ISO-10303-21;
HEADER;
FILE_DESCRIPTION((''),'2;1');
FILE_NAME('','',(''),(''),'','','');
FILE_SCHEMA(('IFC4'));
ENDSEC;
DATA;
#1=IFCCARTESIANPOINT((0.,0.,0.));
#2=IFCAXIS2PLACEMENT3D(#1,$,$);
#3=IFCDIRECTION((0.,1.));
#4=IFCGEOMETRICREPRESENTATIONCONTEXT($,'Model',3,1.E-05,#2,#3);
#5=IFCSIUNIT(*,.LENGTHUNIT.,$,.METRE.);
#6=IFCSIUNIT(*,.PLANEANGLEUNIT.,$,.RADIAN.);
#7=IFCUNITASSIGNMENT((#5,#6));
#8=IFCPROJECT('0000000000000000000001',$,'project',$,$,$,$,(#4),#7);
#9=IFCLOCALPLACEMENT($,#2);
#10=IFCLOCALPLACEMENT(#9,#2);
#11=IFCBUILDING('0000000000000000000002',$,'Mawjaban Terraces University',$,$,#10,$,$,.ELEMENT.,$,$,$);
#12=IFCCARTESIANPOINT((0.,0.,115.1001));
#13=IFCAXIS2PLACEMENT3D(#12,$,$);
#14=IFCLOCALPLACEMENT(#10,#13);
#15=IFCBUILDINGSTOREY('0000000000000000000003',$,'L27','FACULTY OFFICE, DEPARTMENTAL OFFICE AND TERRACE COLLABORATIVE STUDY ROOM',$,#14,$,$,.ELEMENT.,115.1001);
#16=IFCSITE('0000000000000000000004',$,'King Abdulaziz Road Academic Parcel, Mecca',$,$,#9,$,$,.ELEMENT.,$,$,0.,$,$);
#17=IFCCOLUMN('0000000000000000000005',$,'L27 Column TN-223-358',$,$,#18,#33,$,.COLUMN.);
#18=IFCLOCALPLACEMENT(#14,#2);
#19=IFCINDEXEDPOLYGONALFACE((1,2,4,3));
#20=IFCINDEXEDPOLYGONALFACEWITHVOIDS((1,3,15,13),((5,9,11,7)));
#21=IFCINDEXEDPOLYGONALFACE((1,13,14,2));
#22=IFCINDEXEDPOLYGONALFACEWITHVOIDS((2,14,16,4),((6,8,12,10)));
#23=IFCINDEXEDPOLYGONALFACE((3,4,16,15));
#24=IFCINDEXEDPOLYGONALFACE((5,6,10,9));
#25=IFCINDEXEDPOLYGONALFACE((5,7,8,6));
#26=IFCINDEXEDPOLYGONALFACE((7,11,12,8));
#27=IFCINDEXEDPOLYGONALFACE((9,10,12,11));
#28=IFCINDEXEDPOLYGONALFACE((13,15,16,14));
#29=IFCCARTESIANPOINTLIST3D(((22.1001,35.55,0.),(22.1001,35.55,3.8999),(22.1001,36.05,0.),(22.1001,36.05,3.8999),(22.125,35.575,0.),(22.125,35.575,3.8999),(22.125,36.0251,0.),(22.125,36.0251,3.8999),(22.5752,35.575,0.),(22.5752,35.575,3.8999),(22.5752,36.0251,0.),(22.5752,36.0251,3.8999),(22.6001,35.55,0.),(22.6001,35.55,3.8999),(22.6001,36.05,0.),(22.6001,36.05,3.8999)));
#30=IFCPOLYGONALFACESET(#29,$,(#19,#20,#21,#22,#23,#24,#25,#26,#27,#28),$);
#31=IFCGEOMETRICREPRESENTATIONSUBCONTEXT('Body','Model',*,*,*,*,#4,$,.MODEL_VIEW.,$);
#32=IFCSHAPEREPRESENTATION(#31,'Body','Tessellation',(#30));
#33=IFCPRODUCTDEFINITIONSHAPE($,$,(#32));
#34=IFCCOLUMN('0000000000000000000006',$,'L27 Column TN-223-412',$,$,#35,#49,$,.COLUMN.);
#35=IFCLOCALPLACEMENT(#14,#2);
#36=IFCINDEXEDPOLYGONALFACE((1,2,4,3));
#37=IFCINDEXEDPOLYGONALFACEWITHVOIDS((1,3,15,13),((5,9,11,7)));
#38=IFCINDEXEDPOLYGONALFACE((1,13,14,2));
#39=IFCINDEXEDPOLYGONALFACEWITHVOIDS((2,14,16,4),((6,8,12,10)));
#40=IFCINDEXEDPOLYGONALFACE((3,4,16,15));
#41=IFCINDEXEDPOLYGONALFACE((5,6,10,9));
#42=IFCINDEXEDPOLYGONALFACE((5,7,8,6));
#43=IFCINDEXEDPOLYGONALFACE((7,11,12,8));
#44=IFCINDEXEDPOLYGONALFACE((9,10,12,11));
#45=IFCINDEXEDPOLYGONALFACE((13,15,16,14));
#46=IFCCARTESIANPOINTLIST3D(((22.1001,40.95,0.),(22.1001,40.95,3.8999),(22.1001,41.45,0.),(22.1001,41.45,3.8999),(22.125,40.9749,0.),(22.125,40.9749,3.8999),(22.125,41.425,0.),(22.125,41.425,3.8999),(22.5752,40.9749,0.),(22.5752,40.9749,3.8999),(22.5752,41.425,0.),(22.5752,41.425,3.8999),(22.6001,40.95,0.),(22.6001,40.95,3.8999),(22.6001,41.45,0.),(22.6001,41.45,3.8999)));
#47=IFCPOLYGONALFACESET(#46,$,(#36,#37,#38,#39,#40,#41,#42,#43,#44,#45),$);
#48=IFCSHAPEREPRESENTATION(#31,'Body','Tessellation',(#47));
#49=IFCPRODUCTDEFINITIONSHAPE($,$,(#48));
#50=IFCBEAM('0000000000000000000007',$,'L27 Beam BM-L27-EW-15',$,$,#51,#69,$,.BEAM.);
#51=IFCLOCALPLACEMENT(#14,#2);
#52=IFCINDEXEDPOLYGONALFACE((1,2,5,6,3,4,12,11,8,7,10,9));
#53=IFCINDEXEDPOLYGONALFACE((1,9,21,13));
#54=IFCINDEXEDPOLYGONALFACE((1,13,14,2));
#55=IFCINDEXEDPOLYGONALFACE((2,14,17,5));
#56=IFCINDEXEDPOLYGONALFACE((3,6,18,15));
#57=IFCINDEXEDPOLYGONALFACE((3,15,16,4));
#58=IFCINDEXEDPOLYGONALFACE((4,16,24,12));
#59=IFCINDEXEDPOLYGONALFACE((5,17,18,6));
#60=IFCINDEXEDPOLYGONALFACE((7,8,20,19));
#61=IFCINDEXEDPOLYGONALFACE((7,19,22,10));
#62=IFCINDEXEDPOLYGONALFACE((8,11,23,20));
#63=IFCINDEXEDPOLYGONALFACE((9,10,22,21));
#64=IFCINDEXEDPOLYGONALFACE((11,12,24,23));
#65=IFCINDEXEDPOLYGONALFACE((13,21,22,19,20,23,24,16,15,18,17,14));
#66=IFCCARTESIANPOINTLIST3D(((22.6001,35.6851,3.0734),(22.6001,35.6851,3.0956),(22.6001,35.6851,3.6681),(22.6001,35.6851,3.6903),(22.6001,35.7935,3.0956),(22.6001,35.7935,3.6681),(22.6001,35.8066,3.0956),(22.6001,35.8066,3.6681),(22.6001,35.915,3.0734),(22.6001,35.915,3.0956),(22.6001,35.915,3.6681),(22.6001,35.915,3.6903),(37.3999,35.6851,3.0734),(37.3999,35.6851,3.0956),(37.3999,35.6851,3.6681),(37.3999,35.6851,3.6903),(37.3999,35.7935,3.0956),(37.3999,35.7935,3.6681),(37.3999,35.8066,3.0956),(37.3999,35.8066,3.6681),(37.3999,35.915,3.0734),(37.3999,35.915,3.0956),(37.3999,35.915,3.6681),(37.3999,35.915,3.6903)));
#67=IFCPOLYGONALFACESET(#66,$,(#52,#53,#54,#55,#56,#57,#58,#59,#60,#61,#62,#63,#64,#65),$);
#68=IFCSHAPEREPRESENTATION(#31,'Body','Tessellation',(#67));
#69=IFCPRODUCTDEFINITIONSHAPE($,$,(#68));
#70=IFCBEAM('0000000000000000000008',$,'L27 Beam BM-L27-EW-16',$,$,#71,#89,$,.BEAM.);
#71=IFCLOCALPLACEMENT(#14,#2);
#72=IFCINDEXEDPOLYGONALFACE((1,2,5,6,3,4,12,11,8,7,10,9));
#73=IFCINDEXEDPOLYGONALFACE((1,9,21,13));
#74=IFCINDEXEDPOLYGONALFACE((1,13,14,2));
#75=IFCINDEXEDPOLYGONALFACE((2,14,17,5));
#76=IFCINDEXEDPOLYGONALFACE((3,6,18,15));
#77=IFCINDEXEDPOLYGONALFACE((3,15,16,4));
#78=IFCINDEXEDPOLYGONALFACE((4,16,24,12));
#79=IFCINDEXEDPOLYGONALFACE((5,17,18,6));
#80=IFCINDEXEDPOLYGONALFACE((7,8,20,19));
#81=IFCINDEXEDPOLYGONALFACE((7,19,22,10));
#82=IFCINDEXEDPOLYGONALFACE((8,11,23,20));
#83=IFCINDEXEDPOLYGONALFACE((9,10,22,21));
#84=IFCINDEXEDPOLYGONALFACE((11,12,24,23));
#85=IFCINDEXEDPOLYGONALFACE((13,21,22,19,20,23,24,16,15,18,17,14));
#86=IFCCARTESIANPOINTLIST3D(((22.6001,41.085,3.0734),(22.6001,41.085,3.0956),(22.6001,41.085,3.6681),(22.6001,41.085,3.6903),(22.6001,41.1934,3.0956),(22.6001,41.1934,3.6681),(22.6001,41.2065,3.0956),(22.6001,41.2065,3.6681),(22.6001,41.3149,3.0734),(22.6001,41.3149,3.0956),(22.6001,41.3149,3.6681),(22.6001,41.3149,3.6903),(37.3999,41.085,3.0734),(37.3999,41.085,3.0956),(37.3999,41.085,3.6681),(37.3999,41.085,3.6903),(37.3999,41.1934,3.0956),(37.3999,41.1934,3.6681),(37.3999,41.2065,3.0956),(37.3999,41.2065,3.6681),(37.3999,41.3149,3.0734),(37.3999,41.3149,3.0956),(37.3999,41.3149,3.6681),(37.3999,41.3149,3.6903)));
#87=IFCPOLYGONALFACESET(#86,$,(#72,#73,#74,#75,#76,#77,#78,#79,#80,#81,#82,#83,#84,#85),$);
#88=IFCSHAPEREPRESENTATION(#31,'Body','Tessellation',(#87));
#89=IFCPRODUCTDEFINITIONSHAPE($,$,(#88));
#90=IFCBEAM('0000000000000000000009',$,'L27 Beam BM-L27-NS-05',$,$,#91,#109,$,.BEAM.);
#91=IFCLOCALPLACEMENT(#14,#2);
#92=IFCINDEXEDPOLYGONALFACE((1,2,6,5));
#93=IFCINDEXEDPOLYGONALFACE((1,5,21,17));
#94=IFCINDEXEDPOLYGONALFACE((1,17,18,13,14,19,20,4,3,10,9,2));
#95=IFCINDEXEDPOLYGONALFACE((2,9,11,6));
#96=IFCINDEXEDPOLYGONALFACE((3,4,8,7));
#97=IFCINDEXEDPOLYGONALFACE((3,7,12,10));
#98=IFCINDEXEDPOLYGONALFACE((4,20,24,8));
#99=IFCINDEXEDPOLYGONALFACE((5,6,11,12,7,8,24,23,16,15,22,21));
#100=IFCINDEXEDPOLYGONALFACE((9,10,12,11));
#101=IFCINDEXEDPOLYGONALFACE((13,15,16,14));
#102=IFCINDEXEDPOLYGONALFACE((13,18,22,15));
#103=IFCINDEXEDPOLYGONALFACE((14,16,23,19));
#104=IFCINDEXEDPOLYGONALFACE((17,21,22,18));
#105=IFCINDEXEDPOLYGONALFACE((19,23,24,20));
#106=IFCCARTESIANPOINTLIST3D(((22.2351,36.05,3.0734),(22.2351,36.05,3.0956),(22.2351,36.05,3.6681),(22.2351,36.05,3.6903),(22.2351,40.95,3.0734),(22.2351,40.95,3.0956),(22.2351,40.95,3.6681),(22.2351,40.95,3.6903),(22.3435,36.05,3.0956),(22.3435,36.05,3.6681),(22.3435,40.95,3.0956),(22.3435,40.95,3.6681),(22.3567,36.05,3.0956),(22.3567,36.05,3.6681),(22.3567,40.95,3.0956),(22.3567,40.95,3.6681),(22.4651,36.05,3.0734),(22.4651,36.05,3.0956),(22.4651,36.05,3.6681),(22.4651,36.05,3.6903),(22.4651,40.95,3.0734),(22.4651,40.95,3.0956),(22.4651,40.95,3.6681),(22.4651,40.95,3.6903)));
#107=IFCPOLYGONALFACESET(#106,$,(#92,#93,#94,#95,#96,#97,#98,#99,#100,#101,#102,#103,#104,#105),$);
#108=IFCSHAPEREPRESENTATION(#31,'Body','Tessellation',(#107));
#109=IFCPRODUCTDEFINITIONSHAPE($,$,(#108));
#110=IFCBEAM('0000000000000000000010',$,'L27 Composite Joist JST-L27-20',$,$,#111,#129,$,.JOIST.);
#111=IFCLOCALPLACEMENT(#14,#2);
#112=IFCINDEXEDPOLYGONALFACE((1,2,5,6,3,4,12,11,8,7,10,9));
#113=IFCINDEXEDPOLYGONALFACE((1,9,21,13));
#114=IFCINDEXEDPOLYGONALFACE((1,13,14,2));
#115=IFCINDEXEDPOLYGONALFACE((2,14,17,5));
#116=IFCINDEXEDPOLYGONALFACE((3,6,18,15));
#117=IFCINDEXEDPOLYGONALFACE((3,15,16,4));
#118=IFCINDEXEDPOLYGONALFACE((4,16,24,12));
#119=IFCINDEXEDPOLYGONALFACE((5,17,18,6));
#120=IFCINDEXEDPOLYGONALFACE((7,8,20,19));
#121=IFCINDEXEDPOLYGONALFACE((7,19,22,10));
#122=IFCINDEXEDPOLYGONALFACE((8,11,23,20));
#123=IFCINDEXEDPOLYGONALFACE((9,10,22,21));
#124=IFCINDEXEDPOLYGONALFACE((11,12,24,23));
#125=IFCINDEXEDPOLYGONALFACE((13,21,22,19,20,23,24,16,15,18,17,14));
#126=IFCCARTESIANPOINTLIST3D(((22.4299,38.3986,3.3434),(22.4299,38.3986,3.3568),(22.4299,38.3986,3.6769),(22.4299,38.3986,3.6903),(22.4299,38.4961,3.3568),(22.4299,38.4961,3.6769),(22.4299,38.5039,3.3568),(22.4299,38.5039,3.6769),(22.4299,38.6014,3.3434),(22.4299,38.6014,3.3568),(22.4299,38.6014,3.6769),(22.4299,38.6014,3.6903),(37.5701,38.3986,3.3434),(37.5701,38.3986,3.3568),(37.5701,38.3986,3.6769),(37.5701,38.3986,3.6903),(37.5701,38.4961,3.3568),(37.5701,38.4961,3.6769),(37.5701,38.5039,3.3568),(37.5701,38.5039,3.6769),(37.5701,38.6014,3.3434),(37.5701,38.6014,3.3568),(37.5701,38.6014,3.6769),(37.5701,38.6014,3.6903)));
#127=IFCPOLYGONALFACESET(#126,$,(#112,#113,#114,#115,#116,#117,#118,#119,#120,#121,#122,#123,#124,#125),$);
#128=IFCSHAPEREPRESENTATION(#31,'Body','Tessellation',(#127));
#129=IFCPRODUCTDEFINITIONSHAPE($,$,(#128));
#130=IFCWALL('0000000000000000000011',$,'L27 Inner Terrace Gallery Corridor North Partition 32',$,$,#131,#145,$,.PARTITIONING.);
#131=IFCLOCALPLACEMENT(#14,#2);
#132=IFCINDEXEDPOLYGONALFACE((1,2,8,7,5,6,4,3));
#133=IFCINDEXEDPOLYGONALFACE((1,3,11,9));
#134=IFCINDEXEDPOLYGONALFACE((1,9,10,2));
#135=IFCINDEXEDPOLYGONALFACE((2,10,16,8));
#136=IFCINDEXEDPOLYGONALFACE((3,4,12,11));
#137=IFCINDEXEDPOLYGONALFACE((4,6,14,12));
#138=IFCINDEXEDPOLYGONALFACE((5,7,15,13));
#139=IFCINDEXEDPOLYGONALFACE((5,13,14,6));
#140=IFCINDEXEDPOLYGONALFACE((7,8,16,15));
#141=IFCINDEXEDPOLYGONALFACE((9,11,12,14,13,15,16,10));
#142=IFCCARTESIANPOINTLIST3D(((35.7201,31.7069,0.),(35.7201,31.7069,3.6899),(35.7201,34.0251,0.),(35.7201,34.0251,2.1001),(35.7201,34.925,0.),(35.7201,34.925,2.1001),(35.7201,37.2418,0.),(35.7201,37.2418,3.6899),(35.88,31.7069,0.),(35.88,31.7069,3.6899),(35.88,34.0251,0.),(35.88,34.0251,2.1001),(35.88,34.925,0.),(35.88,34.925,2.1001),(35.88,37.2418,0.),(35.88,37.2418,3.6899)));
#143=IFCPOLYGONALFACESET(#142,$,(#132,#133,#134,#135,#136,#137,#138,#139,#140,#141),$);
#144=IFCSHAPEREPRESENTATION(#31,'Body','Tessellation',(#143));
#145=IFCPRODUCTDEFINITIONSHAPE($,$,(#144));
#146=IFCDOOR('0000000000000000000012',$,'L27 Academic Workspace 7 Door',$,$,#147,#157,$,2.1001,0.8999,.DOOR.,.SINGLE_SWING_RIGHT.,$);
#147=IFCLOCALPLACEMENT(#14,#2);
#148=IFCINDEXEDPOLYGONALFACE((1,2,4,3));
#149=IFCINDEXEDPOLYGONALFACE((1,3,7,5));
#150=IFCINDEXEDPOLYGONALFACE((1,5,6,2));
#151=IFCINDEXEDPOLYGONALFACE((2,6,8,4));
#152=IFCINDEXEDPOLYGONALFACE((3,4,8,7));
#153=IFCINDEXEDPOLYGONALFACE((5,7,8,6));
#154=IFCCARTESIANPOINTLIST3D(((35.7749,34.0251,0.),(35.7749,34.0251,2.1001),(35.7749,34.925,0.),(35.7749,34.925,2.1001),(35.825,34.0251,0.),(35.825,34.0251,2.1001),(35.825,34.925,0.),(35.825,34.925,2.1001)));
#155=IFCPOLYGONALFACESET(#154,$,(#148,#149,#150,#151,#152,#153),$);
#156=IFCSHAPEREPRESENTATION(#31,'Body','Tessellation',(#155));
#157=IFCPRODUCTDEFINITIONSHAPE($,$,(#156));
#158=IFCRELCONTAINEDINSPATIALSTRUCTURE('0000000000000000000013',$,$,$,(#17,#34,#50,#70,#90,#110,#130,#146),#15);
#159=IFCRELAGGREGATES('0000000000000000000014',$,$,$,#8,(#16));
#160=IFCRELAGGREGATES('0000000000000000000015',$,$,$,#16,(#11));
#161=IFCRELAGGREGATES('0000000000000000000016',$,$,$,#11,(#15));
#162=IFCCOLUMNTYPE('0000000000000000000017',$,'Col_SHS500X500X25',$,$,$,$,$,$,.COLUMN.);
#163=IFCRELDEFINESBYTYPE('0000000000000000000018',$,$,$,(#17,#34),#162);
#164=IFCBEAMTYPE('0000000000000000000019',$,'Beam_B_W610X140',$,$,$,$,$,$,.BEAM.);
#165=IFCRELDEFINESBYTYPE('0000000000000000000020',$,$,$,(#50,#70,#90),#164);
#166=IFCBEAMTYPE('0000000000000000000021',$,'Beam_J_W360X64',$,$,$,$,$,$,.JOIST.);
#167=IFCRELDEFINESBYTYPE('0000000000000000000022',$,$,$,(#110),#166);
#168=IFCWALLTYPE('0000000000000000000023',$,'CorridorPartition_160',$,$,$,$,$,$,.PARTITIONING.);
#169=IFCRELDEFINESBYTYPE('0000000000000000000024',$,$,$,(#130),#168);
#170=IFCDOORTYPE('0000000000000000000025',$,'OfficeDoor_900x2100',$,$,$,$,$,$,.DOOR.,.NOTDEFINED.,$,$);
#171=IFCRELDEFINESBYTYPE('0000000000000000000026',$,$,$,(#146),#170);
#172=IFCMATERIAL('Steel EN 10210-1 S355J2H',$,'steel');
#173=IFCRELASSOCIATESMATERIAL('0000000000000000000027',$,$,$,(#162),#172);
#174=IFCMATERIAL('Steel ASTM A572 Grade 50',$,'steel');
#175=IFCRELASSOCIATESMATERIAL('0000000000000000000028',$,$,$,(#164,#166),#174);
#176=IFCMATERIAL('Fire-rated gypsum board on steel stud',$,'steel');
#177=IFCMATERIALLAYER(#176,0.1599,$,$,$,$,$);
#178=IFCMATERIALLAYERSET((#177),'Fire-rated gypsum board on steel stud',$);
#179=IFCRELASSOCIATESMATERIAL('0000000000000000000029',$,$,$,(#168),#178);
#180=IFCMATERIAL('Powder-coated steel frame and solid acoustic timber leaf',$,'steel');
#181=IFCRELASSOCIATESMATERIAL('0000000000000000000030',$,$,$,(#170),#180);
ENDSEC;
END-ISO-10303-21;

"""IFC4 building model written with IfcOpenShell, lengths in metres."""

from ifc_helpers import new_model, si_unit, direction, frame, frame_2d, origin, origin_2d, place, context, subcontext, project, spatial, rectangle, hollow_rectangle, i_section, extrude, material, layer, layer_set, material_profile, profile_set, type_object, element, fill, save


model = new_model("IFC4")

# Units and contexts
model_context = context("Model", 3, precision=1e-05, world=origin(), true_north=direction((0.0, 1.0)))
body_context = subcontext(model_context, "Body", "Model", "MODEL_VIEW")
ifc_project = project(units=[si_unit("LENGTHUNIT", "METRE"), si_unit("PLANEANGLEUNIT", "RADIAN")], contexts=[model_context])

# Site, building, storey
site_placement = place(None, origin())
site = spatial("IfcSite", under=ifc_project, at=site_placement, Name="King Abdulaziz Road Academic Parcel, Mecca", CompositionType="ELEMENT", RefElevation=0.0)
building_placement = place(site_placement, origin())
building = spatial("IfcBuilding", under=site, at=building_placement, Name="Mawjaban Terraces University", CompositionType="ELEMENT")
storey_placement = place(building_placement, frame((0.0, 0.0, 115.1001)))
storey = spatial("IfcBuildingStorey", under=building, at=storey_placement, Name="L27", Description="FACULTY OFFICE, DEPARTMENTAL OFFICE AND TERRACE COLLABORATIVE STUDY ROOM", CompositionType="ELEMENT", Elevation=115.1001)

# Columns
ifc_material_1 = material(Name="Steel EN 10210-1 S355J2H", Category="steel")
ifc_material_profile_1 = material_profile(ifc_material_1, hollow_rectangle(XDim=0.5, YDim=0.5, WallThickness=0.0249, at=origin_2d()), Name="SHS500X500X25")
ifc_profile_set_1 = profile_set([ifc_material_profile_1], Name="Steel EN 10210-1 S355J2H")
column_type = type_object("IfcColumnType", Name="Col_SHS500X500X25", PredefinedType="COLUMN", material=ifc_profile_set_1)
for number, where, z_axis, x_axis, name in (
    (1, (22.3501, 35.8, 0.0), (0.0, 0.0, 1.0), (1.0, 0.0, 0.0), "L27 Column TN-223-358"),
    (2, (22.3501, 41.2, 0.0), (0.0, 0.0, 1.0), (1.0, 0.0, 0.0), "L27 Column TN-223-412"),
):
    element("IfcColumn", number, at=place(storey_placement, frame(where, z_axis=z_axis, x_axis=x_axis)), inside=storey, type_object=column_type, Name=name, PredefinedType="COLUMN", context=body_context, shape_type="SweptSolid", body=[
        extrude(hollow_rectangle(XDim=0.5, YDim=0.5, WallThickness=0.0249, at=origin_2d()), origin(), (0.0, 0.0, 1.0), 3.8999),
    ])

# Beams
ifc_material_2 = material(Name="Steel ASTM A572 Grade 50", Category="steel")
ifc_material_profile_2 = material_profile(ifc_material_2, i_section(OverallWidth=0.23, OverallDepth=0.6169, WebThickness=0.0132, FlangeThickness=0.0222, at=origin_2d()), Name="W610X140")
ifc_profile_set_2 = profile_set([ifc_material_profile_2], Name="Steel ASTM A572 Grade 50")
beam_type_1 = type_object("IfcBeamType", Name="Beam_B_W610X140", PredefinedType="BEAM", material=ifc_profile_set_2)
for number, where, z_axis, x_axis, name in (
    (3, (22.6001, 35.8, 3.3818), (1.0, 0.0, 0.0), (0.0, 1.0, 0.0), "L27 Beam BM-L27-EW-15"),
    (4, (22.6001, 41.2, 3.3818), (1.0, 0.0, 0.0), (0.0, 1.0, 0.0), "L27 Beam BM-L27-EW-16"),
):
    element("IfcBeam", number, at=place(storey_placement, frame(where, z_axis=z_axis, x_axis=x_axis)), inside=storey, type_object=beam_type_1, Name=name, PredefinedType="BEAM", context=body_context, shape_type="SweptSolid", body=[
        extrude(i_section(OverallWidth=0.23, OverallDepth=0.6169, WebThickness=0.0132, FlangeThickness=0.0222, at=origin_2d()), origin(), (0.0, 0.0, 1.0), 14.7998),
    ])
beam_1_placement = place(storey_placement, frame((22.3501, 36.05, 3.3818), z_axis=(0.0, 1.0, 0.0), x_axis=(-1.0, 0.0, 0.0)))
element("IfcBeam", 5, at=beam_1_placement, inside=storey, type_object=beam_type_1, Name="L27 Beam BM-L27-NS-05", PredefinedType="BEAM", context=body_context, shape_type="SweptSolid", body=[
    extrude(i_section(OverallWidth=0.23, OverallDepth=0.6169, WebThickness=0.0132, FlangeThickness=0.0222, at=origin_2d()), origin(), (0.0, 0.0, 1.0), 4.8999),
])
ifc_material_profile_3 = material_profile(ifc_material_2, i_section(OverallWidth=0.2029, OverallDepth=0.3469, WebThickness=0.0078, FlangeThickness=0.0134, at=origin_2d()), Name="W360X64")
ifc_profile_set_3 = profile_set([ifc_material_profile_3], Name="Steel ASTM A572 Grade 50")
beam_type_2 = type_object("IfcBeamType", Name="Beam_J_W360X64", PredefinedType="JOIST", material=ifc_profile_set_3)
beam_2_placement = place(storey_placement, frame((22.4299, 38.5, 3.5168), z_axis=(1.0, 0.0, 0.0), x_axis=(0.0, 1.0, 0.0)))
element("IfcBeam", 6, at=beam_2_placement, inside=storey, type_object=beam_type_2, Name="L27 Composite Joist JST-L27-20", PredefinedType="JOIST", context=body_context, shape_type="SweptSolid", body=[
    extrude(i_section(OverallWidth=0.2029, OverallDepth=0.3469, WebThickness=0.0078, FlangeThickness=0.0134, at=origin_2d()), origin(), (0.0, 0.0, 1.0), 15.1401),
])

# Wall, opening, door
ifc_material_3 = material(Name="Fire-rated gypsum board on steel stud", Category="steel")
ifc_layer_1 = layer(ifc_material_3, 0.1599)
ifc_layer_set_1 = layer_set([ifc_layer_1], Name="Fire-rated gypsum board on steel stud")
wall_type_1 = type_object("IfcWallType", Name="CorridorPartition_160", PredefinedType="PARTITIONING", material=ifc_layer_set_1)
wall_1_placement = place(storey_placement, frame((35.8, 37.2419, 0.0), z_axis=(0.0, 0.0, 1.0), x_axis=(0.0, -1.0, 0.0)))
wall_1 = element("IfcWall", 7, at=wall_1_placement, inside=storey, type_object=wall_type_1, Name="L27 Inner Terrace Gallery Corridor North Partition 32", PredefinedType="PARTITIONING", context=body_context, shape_type="SweptSolid", body=[
    extrude(rectangle(XDim=5.5349, YDim=0.1599, at=frame_2d((2.7676, 0.0))), origin(), (0.0, 0.0, 1.0), 3.6899),
])
opening_1_placement = place(wall_1_placement, frame((2.3169, 0.0, 0.0)))
opening_1 = element("IfcOpeningElement", 8, at=opening_1_placement, cuts=wall_1, PredefinedType="OPENING", context=body_context, shape_type="SweptSolid", body=[
    extrude(rectangle(XDim=0.8999, YDim=2.1001, at=frame_2d((0.45, 1.05))), frame((0.0, 0.0898, 0.0), z_axis=(0.0, -1.0, 0.0), x_axis=(1.0, 0.0, 0.0)), (0.0, 0.0, 1.0), 0.1799),
])
ifc_material_4 = material(Name="Powder-coated steel frame and solid acoustic timber leaf", Category="steel")
door_type_1 = type_object("IfcDoorType", Name="OfficeDoor_900x2100", OperationType="NOTDEFINED", PredefinedType="DOOR", material=ifc_material_4)
door_1_placement = place(opening_1_placement, origin())
door_1 = element("IfcDoor", 9, at=door_1_placement, inside=storey, type_object=door_type_1, Name="L27 Academic Workspace 7 Door", OperationType="SINGLE_SWING_RIGHT", OverallHeight=2.1001, OverallWidth=0.8999, PredefinedType="DOOR", context=body_context, shape_type="SweptSolid", body=[
    extrude(rectangle(XDim=0.8999, YDim=2.1001, at=frame_2d((0.45, 1.05))), frame((0.0, 0.0249, 0.0), z_axis=(0.0, -1.0, 0.0), x_axis=(1.0, 0.0, 0.0)), (0.0, 0.0, 1.0), 0.05),
])
fill(opening_1, door_1)

save(model, "model.ifc")
